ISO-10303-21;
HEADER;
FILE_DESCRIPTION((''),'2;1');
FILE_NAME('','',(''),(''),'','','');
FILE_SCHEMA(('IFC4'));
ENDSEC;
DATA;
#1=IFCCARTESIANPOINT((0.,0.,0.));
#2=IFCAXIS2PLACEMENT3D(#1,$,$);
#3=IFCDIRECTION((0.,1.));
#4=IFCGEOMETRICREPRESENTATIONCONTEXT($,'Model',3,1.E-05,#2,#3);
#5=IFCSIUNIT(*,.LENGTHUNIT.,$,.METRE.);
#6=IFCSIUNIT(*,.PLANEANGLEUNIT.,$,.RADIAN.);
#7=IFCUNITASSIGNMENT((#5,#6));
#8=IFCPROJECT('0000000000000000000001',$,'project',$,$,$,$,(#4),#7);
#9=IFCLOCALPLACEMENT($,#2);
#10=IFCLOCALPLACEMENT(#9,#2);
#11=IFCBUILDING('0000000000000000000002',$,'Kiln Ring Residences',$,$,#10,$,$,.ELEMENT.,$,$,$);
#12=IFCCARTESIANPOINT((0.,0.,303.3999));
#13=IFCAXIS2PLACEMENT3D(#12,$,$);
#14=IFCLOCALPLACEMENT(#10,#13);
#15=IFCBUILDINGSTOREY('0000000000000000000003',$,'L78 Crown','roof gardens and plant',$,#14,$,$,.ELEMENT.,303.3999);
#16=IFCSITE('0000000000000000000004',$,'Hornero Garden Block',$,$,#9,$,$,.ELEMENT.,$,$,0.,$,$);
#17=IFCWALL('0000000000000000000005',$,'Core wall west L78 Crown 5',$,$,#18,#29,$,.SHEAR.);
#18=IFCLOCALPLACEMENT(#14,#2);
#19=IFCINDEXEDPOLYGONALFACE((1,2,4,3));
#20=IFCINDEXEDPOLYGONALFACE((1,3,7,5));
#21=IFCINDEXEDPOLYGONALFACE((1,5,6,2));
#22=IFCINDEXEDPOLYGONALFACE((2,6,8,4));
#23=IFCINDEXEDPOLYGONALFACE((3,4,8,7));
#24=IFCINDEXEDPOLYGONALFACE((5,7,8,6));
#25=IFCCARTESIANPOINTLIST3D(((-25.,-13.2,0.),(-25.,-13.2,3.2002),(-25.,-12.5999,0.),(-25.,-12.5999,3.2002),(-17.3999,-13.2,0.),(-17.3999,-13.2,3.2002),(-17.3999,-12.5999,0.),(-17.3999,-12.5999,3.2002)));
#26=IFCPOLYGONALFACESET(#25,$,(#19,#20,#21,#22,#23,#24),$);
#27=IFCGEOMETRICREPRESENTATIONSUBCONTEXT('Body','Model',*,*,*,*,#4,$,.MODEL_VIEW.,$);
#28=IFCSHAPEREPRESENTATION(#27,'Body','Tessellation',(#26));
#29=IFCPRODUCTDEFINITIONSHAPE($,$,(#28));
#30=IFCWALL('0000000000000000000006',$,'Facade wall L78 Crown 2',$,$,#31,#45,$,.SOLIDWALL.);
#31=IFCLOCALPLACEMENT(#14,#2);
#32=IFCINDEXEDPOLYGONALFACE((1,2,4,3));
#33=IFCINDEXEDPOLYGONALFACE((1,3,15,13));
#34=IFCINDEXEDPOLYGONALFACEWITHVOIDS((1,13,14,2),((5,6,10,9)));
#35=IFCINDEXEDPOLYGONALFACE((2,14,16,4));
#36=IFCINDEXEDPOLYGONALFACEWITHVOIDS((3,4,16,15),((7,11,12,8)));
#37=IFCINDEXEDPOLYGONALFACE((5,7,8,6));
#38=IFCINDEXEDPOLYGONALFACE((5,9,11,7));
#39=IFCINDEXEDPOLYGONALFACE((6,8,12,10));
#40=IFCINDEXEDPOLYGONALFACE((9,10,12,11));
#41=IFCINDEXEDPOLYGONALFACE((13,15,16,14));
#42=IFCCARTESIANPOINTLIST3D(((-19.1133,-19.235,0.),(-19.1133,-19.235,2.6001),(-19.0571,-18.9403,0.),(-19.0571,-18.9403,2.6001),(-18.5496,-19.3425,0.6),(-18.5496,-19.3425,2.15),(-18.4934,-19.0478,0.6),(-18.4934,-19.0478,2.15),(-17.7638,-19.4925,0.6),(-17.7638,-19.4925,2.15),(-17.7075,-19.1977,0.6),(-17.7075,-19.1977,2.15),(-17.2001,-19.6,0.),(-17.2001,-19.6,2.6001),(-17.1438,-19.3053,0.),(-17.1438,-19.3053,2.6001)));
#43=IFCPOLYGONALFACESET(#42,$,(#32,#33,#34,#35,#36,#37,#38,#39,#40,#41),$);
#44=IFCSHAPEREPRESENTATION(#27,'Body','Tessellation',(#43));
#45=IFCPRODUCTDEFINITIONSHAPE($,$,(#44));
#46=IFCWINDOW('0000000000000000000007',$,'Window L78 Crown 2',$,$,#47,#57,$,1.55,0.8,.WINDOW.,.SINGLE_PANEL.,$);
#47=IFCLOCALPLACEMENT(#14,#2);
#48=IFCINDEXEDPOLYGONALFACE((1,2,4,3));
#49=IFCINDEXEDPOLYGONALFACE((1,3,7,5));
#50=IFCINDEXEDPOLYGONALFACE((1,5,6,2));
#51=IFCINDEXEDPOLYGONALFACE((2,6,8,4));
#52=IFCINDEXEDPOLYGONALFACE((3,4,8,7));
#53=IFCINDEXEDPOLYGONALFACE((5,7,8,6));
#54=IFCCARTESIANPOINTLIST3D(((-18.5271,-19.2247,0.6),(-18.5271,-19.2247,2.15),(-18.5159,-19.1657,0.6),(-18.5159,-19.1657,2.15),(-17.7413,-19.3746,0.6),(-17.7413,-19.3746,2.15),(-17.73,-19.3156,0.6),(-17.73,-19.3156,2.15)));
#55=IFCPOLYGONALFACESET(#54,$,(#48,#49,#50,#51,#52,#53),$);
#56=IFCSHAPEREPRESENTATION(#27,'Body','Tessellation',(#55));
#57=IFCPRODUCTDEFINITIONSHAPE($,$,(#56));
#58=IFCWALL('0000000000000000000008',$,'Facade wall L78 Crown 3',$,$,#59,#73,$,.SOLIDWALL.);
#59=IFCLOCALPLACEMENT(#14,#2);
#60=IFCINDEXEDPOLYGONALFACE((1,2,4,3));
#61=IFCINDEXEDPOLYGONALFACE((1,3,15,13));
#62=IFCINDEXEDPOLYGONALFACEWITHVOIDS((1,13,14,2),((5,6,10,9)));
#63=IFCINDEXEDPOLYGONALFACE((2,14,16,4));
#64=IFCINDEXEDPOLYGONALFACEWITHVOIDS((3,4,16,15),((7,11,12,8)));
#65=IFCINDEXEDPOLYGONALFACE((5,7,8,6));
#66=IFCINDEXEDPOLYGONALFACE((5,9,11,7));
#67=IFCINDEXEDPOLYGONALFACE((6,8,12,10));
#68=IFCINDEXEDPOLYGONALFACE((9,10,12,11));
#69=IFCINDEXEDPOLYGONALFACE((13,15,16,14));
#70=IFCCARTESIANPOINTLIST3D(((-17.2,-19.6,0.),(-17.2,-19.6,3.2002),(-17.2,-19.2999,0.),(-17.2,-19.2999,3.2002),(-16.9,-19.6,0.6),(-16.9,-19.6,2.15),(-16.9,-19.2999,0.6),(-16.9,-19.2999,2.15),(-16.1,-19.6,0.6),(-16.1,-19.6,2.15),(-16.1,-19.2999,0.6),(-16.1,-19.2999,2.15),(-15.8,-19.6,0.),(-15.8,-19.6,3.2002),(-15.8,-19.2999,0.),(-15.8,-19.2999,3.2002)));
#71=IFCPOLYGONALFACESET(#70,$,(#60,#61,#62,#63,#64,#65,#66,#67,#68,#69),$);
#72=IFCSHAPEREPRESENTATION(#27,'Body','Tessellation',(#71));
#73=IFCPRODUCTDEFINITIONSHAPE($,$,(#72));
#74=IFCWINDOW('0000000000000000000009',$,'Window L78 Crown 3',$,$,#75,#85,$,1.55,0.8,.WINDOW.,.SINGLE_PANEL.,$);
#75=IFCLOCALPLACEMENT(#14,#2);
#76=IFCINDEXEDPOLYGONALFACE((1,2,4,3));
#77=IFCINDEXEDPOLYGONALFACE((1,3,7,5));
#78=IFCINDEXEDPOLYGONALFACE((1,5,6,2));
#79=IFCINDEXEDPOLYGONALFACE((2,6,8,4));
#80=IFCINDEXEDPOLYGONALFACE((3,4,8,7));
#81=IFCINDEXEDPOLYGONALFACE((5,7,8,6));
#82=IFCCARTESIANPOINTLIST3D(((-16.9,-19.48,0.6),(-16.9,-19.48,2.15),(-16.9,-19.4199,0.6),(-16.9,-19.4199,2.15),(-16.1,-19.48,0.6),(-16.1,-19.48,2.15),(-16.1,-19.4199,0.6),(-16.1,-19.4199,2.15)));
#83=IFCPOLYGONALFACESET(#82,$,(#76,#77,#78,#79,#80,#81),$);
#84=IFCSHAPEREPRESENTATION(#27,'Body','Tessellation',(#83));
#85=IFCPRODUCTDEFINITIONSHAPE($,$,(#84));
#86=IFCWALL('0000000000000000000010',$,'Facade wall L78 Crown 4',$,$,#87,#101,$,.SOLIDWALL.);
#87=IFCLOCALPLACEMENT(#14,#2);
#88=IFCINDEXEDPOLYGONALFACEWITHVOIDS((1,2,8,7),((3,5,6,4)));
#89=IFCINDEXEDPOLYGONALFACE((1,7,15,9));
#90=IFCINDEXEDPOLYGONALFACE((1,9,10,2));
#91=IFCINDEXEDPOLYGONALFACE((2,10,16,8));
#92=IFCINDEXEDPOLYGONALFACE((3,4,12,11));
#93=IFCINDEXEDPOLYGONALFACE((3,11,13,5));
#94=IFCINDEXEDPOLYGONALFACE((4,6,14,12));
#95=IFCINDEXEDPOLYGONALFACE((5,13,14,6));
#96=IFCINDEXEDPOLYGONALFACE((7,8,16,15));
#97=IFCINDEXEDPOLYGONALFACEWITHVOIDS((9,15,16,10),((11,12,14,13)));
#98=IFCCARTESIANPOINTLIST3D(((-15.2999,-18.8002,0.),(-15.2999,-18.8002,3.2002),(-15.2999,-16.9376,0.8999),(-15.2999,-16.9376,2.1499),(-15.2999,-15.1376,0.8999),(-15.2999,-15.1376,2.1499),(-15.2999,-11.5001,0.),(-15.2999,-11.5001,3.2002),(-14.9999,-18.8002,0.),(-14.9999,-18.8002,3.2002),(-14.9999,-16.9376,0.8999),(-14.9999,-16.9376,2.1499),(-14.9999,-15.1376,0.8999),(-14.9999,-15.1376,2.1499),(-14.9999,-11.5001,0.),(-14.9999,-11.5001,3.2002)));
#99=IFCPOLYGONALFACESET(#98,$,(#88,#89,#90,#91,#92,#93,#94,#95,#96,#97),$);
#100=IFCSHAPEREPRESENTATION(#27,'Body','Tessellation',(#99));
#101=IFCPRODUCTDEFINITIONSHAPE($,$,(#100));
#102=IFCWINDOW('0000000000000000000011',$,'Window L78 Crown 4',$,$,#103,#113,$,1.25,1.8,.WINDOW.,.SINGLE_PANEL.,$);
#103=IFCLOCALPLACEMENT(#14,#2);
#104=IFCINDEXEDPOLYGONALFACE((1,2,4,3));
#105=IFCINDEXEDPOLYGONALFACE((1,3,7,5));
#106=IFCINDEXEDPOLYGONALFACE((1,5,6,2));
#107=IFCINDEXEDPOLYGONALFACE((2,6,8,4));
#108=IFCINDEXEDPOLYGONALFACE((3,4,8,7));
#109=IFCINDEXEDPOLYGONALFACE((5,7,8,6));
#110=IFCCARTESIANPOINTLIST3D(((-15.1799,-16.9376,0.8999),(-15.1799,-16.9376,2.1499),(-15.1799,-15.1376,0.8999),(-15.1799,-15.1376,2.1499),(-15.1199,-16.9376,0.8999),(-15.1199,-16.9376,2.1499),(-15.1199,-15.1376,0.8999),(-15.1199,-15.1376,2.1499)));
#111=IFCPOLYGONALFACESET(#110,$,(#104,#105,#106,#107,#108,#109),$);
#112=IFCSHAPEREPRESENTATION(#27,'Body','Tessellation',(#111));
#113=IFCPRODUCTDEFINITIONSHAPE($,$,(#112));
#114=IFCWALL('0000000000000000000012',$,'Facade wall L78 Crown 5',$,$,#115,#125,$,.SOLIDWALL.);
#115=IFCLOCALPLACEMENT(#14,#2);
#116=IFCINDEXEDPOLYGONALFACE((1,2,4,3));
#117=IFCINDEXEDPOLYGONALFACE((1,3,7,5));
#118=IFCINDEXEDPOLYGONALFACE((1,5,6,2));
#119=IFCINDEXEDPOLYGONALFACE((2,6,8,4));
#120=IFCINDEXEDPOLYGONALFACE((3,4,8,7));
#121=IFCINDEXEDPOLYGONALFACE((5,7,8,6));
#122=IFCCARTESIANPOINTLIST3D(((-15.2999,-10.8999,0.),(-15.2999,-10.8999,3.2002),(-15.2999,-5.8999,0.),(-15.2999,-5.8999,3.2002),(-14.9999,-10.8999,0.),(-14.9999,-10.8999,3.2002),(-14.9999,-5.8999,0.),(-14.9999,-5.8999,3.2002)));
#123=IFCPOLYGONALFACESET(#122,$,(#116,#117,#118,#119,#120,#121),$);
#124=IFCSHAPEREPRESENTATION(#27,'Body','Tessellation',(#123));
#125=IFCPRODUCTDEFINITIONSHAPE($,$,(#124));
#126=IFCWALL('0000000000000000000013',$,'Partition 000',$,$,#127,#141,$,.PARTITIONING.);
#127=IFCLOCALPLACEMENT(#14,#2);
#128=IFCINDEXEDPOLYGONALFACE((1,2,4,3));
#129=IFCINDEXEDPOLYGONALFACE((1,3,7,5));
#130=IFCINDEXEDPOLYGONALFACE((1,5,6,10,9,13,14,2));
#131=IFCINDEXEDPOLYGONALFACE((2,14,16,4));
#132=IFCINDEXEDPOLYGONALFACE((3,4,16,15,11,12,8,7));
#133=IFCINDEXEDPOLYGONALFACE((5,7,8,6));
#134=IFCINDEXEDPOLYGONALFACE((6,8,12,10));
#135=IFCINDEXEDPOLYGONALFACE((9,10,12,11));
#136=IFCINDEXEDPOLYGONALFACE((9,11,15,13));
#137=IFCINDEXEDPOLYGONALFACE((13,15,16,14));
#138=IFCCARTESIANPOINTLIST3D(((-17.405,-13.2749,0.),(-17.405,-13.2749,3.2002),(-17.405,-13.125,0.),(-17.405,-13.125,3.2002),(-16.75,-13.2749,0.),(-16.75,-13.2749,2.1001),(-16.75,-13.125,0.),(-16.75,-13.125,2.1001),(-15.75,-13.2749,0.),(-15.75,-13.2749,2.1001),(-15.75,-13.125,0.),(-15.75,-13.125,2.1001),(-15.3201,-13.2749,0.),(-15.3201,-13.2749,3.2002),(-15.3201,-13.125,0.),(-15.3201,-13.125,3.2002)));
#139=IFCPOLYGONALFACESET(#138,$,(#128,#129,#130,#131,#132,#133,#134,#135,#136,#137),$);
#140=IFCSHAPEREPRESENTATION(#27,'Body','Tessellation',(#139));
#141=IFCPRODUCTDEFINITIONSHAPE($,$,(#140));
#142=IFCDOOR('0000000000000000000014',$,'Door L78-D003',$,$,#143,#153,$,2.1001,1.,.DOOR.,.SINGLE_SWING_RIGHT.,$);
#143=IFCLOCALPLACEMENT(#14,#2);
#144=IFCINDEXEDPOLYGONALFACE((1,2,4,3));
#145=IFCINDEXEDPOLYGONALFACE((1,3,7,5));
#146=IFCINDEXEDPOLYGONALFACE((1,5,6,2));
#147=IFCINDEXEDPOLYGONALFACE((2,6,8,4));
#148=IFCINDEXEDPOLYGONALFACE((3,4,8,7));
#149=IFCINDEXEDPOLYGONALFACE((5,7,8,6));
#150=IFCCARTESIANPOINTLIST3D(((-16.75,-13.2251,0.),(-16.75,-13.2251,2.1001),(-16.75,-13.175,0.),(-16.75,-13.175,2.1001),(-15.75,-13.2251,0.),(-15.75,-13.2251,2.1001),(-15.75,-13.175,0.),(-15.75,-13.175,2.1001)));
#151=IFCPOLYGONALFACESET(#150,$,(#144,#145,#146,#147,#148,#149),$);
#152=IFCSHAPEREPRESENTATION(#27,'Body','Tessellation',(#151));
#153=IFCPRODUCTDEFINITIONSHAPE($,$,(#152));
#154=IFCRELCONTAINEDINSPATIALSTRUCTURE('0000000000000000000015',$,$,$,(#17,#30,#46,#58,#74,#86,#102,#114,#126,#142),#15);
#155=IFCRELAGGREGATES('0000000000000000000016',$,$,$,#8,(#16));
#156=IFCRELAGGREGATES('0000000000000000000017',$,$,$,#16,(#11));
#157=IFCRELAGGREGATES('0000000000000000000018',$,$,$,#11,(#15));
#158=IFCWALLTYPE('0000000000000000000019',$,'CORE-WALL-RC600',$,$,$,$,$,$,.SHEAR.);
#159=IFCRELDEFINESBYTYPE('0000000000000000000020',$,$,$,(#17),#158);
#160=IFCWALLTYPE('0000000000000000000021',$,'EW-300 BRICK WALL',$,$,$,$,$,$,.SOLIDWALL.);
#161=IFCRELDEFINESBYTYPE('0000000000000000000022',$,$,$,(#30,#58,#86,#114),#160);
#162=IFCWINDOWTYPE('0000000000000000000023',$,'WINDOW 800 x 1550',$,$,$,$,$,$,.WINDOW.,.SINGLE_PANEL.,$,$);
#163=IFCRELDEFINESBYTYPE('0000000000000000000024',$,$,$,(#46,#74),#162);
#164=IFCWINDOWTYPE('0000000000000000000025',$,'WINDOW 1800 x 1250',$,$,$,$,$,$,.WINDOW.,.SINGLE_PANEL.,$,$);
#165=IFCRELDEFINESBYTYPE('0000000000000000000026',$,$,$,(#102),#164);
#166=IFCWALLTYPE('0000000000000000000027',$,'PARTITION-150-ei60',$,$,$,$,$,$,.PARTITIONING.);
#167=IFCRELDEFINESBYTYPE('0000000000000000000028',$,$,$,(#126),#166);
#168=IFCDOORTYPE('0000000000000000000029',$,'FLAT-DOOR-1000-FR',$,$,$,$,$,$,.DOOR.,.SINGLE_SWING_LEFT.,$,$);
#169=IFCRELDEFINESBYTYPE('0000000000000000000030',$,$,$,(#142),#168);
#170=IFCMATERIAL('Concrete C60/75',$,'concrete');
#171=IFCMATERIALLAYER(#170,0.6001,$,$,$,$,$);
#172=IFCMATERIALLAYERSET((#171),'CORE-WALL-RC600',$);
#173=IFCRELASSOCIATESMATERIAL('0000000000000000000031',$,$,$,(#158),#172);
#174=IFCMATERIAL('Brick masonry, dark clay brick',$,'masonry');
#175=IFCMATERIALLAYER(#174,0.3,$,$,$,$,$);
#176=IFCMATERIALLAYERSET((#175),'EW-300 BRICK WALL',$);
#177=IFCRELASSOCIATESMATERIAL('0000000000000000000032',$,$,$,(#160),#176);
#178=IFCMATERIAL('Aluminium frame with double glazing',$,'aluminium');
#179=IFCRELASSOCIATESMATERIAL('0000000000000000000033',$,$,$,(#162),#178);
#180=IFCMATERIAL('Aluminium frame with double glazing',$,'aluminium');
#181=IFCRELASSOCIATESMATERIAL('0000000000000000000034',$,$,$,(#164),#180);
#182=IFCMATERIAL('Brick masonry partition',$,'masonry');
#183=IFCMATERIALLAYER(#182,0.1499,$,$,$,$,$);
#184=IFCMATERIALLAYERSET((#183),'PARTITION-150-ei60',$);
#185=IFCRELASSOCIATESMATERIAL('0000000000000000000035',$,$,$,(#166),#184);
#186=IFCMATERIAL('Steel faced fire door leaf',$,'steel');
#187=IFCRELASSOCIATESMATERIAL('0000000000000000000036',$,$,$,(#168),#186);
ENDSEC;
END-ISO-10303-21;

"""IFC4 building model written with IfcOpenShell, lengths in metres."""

from ifc_helpers import new_model, si_unit, direction, frame, frame_2d, origin, place, context, subcontext, project, spatial, rectangle, extrude, material, layer, layer_set, type_object, element, fill, save


model = new_model("IFC4")

# Units and contexts
model_context = context("Model", 3, precision=1e-05, world=origin(), true_north=direction((0.0, 1.0)))
body_context = subcontext(model_context, "Body", "Model", "MODEL_VIEW")
ifc_project = project(units=[si_unit("LENGTHUNIT", "METRE"), si_unit("PLANEANGLEUNIT", "RADIAN")], contexts=[model_context])

# Site, building, storey
site_placement = place(None, origin())
site = spatial("IfcSite", under=ifc_project, at=site_placement, Name="Hornero Garden Block", CompositionType="ELEMENT", RefElevation=0.0)
building_placement = place(site_placement, origin())
building = spatial("IfcBuilding", under=site, at=building_placement, Name="Kiln Ring Residences", CompositionType="ELEMENT")
storey_placement = place(building_placement, frame((0.0, 0.0, 303.3999)))
storey = spatial("IfcBuildingStorey", under=building, at=storey_placement, Name="L78 Crown", Description="roof gardens and plant", CompositionType="ELEMENT", Elevation=303.3999)

# Wall
ifc_material_1 = material(Name="Concrete C60/75", Category="concrete")
ifc_layer_1 = layer(ifc_material_1, 0.6001)
ifc_layer_set_1 = layer_set([ifc_layer_1], Name="CORE-WALL-RC600")
wall_type_1 = type_object("IfcWallType", Name="CORE-WALL-RC600", PredefinedType="SHEAR", material=ifc_layer_set_1)
wall_1_placement = place(storey_placement, frame((-17.3999, -12.8999, 0.0), z_axis=(0.0, 0.0, 1.0), x_axis=(-1.0, 0.0, 0.0)))
element("IfcWall", 1, at=wall_1_placement, inside=storey, type_object=wall_type_1, Name="Core wall west L78 Crown 5", PredefinedType="SHEAR", context=body_context, shape_type="SweptSolid", body=[
    extrude(rectangle(XDim=7.6001, YDim=0.6001, at=frame_2d((3.8, 0.0))), origin(), (0.0, 0.0, 1.0), 3.2002),
])

# Walls, openings, windows
ifc_material_2 = material(Name="Brick masonry, dark clay brick", Category="masonry")
ifc_layer_2 = layer(ifc_material_2, 0.3)
ifc_layer_set_2 = layer_set([ifc_layer_2], Name="EW-300 BRICK WALL")
wall_type_2 = type_object("IfcWallType", Name="EW-300 BRICK WALL", PredefinedType="SOLIDWALL", material=ifc_layer_set_2)
wall_2_placement = place(storey_placement, frame((-19.0852, -19.0876, 0.0), z_axis=(0.0, 0.0, 1.0), x_axis=(0.982287, -0.187383, 0.0)))
wall_2 = element("IfcWall", 2, at=wall_2_placement, inside=storey, type_object=wall_type_2, Name="Facade wall L78 Crown 2", PredefinedType="SOLIDWALL", context=body_context, shape_type="SweptSolid", body=[
    extrude(rectangle(XDim=1.9478, YDim=0.3, at=frame_2d((0.9739, 0.0))), origin(), (0.0, 0.0, 1.0), 2.6001),
])
opening_1_placement = place(wall_2_placement, frame((0.574, 0.0, 0.6001)))
opening_1 = element("IfcOpeningElement", 3, at=opening_1_placement, cuts=wall_2, PredefinedType="OPENING", context=body_context, shape_type="SweptSolid", body=[
    extrude(rectangle(XDim=0.8, YDim=1.55, at=frame_2d((0.3999, 0.7749))), frame((0.0, 0.1599, 0.0), z_axis=(0.0, -1.0, 0.0), x_axis=(1.0, 0.0, 0.0)), (0.0, 0.0, 1.0), 0.3201),
])
ifc_material_3 = material(Name="Aluminium frame with double glazing", Category="aluminium")
window_type_1 = type_object("IfcWindowType", Name="WINDOW 800 x 1550", PartitioningType="SINGLE_PANEL", PredefinedType="WINDOW", material=ifc_material_3)
window_1_placement = place(opening_1_placement, origin())
window_1 = element("IfcWindow", 4, at=window_1_placement, inside=storey, type_object=window_type_1, Name="Window L78 Crown 2", OverallHeight=1.55, OverallWidth=0.8, PartitioningType="SINGLE_PANEL", PredefinedType="WINDOW", context=body_context, shape_type="SweptSolid", body=[
    extrude(rectangle(XDim=0.8, YDim=1.55, at=frame_2d((0.3999, 0.7749))), frame((0.0, 0.03, 0.0), z_axis=(0.0, -1.0, 0.0), x_axis=(1.0, 0.0, 0.0)), (0.0, 0.0, 1.0), 0.0601),
])
fill(opening_1, window_1)
wall_3_placement = place(storey_placement, frame((-17.2, -19.45, 0.0), z_axis=(0.0, 0.0, 1.0), x_axis=(1.0, 0.0, 0.0)))
wall_3 = element("IfcWall", 5, at=wall_3_placement, inside=storey, type_object=wall_type_2, Name="Facade wall L78 Crown 3", PredefinedType="SOLIDWALL", context=body_context, shape_type="SweptSolid", body=[
    extrude(rectangle(XDim=1.3999, YDim=0.3, at=frame_2d((0.7, 0.0))), origin(), (0.0, 0.0, 1.0), 3.2002),
])
opening_2_placement = place(wall_3_placement, frame((0.3, 0.0, 0.6001)))
opening_2 = element("IfcOpeningElement", 6, at=opening_2_placement, cuts=wall_3, PredefinedType="OPENING", context=body_context, shape_type="SweptSolid", body=[
    extrude(rectangle(XDim=0.8, YDim=1.55, at=frame_2d((0.3999, 0.7749))), frame((0.0, 0.1599, 0.0), z_axis=(0.0, -1.0, 0.0), x_axis=(1.0, 0.0, 0.0)), (0.0, 0.0, 1.0), 0.3201),
])
window_2_placement = place(opening_2_placement, origin())
window_2 = element("IfcWindow", 7, at=window_2_placement, inside=storey, type_object=window_type_1, Name="Window L78 Crown 3", OverallHeight=1.55, OverallWidth=0.8, PartitioningType="SINGLE_PANEL", PredefinedType="WINDOW", context=body_context, shape_type="SweptSolid", body=[
    extrude(rectangle(XDim=0.8, YDim=1.55, at=frame_2d((0.3999, 0.7749))), frame((0.0, 0.03, 0.0), z_axis=(0.0, -1.0, 0.0), x_axis=(1.0, 0.0, 0.0)), (0.0, 0.0, 1.0), 0.0601),
])
fill(opening_2, window_2)
wall_4_placement = place(storey_placement, frame((-15.1499, -18.8, 0.0), z_axis=(0.0, 0.0, 1.0), x_axis=(0.0, 1.0, 0.0)))
wall_4 = element("IfcWall", 8, at=wall_4_placement, inside=storey, type_object=wall_type_2, Name="Facade wall L78 Crown 4", PredefinedType="SOLIDWALL", context=body_context, shape_type="SweptSolid", body=[
    extrude(rectangle(XDim=7.3, YDim=0.3, at=frame_2d((3.6499, 0.0))), origin(), (0.0, 0.0, 1.0), 3.2002),
])
opening_3_placement = place(wall_4_placement, frame((1.8625, 0.0, 0.8999)))
opening_3 = element("IfcOpeningElement", 9, at=opening_3_placement, cuts=wall_4, PredefinedType="OPENING", context=body_context, shape_type="SweptSolid", body=[
    extrude(rectangle(XDim=1.8, YDim=1.25, at=frame_2d((0.8999, 0.625))), frame((0.0, 0.1599, 0.0), z_axis=(0.0, -1.0, 0.0), x_axis=(1.0, 0.0, 0.0)), (0.0, 0.0, 1.0), 0.3201),
])
ifc_material_4 = material(Name="Aluminium frame with double glazing", Category="aluminium")
window_type_2 = type_object("IfcWindowType", Name="WINDOW 1800 x 1250", PartitioningType="SINGLE_PANEL", PredefinedType="WINDOW", material=ifc_material_4)
window_3_placement = place(opening_3_placement, origin())
window_3 = element("IfcWindow", 10, at=window_3_placement, inside=storey, type_object=window_type_2, Name="Window L78 Crown 4", OverallHeight=1.25, OverallWidth=1.8, PartitioningType="SINGLE_PANEL", PredefinedType="WINDOW", context=body_context, shape_type="SweptSolid", body=[
    extrude(rectangle(XDim=1.8, YDim=1.25, at=frame_2d((0.8999, 0.625))), frame((0.0, 0.03, 0.0), z_axis=(0.0, -1.0, 0.0), x_axis=(1.0, 0.0, 0.0)), (0.0, 0.0, 1.0), 0.0601),
])
fill(opening_3, window_3)

# Wall
wall_5_placement = place(storey_placement, frame((-15.1499, -10.8999, 0.0), z_axis=(0.0, 0.0, 1.0), x_axis=(0.0, 1.0, 0.0)))
element("IfcWall", 11, at=wall_5_placement, inside=storey, type_object=wall_type_2, Name="Facade wall L78 Crown 5", PredefinedType="SOLIDWALL", context=body_context, shape_type="SweptSolid", body=[
    extrude(rectangle(XDim=5.0, YDim=0.3, at=frame_2d((2.5, 0.0))), origin(), (0.0, 0.0, 1.0), 3.2002),
])

# Wall, opening, door
ifc_material_5 = material(Name="Brick masonry partition", Category="masonry")
ifc_layer_3 = layer(ifc_material_5, 0.1499)
ifc_layer_set_3 = layer_set([ifc_layer_3], Name="PARTITION-150-ei60")
wall_type_3 = type_object("IfcWallType", Name="PARTITION-150-ei60", PredefinedType="PARTITIONING", material=ifc_layer_set_3)
wall_6_placement = place(storey_placement, frame((-17.405, -13.2, 0.0), z_axis=(0.0, 0.0, 1.0), x_axis=(1.0, 0.0, 0.0)))
wall_6 = element("IfcWall", 12, at=wall_6_placement, inside=storey, type_object=wall_type_3, Name="Partition 000", PredefinedType="PARTITIONING", context=body_context, shape_type="SweptSolid", body=[
    extrude(rectangle(XDim=2.085, YDim=0.1499, at=frame_2d((1.0425, 0.0))), origin(), (0.0, 0.0, 1.0), 3.2002),
])
opening_4_placement = place(wall_6_placement, frame((0.655, 0.0, 0.0)))
opening_4 = element("IfcOpeningElement", 13, at=opening_4_placement, cuts=wall_6, PredefinedType="OPENING", context=body_context, shape_type="SweptSolid", body=[
    extrude(rectangle(XDim=1.0, YDim=2.1001, at=frame_2d((0.5, 1.05))), frame((0.0, 0.085, 0.0), z_axis=(0.0, -1.0, 0.0), x_axis=(1.0, 0.0, 0.0)), (0.0, 0.0, 1.0), 0.1699),
])
ifc_material_6 = material(Name="Steel faced fire door leaf", Category="steel")
door_type_1 = type_object("IfcDoorType", Name="FLAT-DOOR-1000-FR", OperationType="SINGLE_SWING_LEFT", PredefinedType="DOOR", material=ifc_material_6)
door_1_placement = place(opening_4_placement, origin())
door_1 = element("IfcDoor", 14, at=door_1_placement, inside=storey, type_object=door_type_1, Name="Door L78-D003", OperationType="SINGLE_SWING_RIGHT", OverallHeight=2.1001, OverallWidth=1.0, PredefinedType="DOOR", context=body_context, shape_type="SweptSolid", body=[
    extrude(rectangle(XDim=1.0, YDim=2.1001, at=frame_2d((0.5, 1.05))), frame((0.0, 0.0249, 0.0), z_axis=(0.0, -1.0, 0.0), x_axis=(1.0, 0.0, 0.0)), (0.0, 0.0, 1.0), 0.05),
])
fill(opening_4, door_1)

save(model, "model.ifc")
